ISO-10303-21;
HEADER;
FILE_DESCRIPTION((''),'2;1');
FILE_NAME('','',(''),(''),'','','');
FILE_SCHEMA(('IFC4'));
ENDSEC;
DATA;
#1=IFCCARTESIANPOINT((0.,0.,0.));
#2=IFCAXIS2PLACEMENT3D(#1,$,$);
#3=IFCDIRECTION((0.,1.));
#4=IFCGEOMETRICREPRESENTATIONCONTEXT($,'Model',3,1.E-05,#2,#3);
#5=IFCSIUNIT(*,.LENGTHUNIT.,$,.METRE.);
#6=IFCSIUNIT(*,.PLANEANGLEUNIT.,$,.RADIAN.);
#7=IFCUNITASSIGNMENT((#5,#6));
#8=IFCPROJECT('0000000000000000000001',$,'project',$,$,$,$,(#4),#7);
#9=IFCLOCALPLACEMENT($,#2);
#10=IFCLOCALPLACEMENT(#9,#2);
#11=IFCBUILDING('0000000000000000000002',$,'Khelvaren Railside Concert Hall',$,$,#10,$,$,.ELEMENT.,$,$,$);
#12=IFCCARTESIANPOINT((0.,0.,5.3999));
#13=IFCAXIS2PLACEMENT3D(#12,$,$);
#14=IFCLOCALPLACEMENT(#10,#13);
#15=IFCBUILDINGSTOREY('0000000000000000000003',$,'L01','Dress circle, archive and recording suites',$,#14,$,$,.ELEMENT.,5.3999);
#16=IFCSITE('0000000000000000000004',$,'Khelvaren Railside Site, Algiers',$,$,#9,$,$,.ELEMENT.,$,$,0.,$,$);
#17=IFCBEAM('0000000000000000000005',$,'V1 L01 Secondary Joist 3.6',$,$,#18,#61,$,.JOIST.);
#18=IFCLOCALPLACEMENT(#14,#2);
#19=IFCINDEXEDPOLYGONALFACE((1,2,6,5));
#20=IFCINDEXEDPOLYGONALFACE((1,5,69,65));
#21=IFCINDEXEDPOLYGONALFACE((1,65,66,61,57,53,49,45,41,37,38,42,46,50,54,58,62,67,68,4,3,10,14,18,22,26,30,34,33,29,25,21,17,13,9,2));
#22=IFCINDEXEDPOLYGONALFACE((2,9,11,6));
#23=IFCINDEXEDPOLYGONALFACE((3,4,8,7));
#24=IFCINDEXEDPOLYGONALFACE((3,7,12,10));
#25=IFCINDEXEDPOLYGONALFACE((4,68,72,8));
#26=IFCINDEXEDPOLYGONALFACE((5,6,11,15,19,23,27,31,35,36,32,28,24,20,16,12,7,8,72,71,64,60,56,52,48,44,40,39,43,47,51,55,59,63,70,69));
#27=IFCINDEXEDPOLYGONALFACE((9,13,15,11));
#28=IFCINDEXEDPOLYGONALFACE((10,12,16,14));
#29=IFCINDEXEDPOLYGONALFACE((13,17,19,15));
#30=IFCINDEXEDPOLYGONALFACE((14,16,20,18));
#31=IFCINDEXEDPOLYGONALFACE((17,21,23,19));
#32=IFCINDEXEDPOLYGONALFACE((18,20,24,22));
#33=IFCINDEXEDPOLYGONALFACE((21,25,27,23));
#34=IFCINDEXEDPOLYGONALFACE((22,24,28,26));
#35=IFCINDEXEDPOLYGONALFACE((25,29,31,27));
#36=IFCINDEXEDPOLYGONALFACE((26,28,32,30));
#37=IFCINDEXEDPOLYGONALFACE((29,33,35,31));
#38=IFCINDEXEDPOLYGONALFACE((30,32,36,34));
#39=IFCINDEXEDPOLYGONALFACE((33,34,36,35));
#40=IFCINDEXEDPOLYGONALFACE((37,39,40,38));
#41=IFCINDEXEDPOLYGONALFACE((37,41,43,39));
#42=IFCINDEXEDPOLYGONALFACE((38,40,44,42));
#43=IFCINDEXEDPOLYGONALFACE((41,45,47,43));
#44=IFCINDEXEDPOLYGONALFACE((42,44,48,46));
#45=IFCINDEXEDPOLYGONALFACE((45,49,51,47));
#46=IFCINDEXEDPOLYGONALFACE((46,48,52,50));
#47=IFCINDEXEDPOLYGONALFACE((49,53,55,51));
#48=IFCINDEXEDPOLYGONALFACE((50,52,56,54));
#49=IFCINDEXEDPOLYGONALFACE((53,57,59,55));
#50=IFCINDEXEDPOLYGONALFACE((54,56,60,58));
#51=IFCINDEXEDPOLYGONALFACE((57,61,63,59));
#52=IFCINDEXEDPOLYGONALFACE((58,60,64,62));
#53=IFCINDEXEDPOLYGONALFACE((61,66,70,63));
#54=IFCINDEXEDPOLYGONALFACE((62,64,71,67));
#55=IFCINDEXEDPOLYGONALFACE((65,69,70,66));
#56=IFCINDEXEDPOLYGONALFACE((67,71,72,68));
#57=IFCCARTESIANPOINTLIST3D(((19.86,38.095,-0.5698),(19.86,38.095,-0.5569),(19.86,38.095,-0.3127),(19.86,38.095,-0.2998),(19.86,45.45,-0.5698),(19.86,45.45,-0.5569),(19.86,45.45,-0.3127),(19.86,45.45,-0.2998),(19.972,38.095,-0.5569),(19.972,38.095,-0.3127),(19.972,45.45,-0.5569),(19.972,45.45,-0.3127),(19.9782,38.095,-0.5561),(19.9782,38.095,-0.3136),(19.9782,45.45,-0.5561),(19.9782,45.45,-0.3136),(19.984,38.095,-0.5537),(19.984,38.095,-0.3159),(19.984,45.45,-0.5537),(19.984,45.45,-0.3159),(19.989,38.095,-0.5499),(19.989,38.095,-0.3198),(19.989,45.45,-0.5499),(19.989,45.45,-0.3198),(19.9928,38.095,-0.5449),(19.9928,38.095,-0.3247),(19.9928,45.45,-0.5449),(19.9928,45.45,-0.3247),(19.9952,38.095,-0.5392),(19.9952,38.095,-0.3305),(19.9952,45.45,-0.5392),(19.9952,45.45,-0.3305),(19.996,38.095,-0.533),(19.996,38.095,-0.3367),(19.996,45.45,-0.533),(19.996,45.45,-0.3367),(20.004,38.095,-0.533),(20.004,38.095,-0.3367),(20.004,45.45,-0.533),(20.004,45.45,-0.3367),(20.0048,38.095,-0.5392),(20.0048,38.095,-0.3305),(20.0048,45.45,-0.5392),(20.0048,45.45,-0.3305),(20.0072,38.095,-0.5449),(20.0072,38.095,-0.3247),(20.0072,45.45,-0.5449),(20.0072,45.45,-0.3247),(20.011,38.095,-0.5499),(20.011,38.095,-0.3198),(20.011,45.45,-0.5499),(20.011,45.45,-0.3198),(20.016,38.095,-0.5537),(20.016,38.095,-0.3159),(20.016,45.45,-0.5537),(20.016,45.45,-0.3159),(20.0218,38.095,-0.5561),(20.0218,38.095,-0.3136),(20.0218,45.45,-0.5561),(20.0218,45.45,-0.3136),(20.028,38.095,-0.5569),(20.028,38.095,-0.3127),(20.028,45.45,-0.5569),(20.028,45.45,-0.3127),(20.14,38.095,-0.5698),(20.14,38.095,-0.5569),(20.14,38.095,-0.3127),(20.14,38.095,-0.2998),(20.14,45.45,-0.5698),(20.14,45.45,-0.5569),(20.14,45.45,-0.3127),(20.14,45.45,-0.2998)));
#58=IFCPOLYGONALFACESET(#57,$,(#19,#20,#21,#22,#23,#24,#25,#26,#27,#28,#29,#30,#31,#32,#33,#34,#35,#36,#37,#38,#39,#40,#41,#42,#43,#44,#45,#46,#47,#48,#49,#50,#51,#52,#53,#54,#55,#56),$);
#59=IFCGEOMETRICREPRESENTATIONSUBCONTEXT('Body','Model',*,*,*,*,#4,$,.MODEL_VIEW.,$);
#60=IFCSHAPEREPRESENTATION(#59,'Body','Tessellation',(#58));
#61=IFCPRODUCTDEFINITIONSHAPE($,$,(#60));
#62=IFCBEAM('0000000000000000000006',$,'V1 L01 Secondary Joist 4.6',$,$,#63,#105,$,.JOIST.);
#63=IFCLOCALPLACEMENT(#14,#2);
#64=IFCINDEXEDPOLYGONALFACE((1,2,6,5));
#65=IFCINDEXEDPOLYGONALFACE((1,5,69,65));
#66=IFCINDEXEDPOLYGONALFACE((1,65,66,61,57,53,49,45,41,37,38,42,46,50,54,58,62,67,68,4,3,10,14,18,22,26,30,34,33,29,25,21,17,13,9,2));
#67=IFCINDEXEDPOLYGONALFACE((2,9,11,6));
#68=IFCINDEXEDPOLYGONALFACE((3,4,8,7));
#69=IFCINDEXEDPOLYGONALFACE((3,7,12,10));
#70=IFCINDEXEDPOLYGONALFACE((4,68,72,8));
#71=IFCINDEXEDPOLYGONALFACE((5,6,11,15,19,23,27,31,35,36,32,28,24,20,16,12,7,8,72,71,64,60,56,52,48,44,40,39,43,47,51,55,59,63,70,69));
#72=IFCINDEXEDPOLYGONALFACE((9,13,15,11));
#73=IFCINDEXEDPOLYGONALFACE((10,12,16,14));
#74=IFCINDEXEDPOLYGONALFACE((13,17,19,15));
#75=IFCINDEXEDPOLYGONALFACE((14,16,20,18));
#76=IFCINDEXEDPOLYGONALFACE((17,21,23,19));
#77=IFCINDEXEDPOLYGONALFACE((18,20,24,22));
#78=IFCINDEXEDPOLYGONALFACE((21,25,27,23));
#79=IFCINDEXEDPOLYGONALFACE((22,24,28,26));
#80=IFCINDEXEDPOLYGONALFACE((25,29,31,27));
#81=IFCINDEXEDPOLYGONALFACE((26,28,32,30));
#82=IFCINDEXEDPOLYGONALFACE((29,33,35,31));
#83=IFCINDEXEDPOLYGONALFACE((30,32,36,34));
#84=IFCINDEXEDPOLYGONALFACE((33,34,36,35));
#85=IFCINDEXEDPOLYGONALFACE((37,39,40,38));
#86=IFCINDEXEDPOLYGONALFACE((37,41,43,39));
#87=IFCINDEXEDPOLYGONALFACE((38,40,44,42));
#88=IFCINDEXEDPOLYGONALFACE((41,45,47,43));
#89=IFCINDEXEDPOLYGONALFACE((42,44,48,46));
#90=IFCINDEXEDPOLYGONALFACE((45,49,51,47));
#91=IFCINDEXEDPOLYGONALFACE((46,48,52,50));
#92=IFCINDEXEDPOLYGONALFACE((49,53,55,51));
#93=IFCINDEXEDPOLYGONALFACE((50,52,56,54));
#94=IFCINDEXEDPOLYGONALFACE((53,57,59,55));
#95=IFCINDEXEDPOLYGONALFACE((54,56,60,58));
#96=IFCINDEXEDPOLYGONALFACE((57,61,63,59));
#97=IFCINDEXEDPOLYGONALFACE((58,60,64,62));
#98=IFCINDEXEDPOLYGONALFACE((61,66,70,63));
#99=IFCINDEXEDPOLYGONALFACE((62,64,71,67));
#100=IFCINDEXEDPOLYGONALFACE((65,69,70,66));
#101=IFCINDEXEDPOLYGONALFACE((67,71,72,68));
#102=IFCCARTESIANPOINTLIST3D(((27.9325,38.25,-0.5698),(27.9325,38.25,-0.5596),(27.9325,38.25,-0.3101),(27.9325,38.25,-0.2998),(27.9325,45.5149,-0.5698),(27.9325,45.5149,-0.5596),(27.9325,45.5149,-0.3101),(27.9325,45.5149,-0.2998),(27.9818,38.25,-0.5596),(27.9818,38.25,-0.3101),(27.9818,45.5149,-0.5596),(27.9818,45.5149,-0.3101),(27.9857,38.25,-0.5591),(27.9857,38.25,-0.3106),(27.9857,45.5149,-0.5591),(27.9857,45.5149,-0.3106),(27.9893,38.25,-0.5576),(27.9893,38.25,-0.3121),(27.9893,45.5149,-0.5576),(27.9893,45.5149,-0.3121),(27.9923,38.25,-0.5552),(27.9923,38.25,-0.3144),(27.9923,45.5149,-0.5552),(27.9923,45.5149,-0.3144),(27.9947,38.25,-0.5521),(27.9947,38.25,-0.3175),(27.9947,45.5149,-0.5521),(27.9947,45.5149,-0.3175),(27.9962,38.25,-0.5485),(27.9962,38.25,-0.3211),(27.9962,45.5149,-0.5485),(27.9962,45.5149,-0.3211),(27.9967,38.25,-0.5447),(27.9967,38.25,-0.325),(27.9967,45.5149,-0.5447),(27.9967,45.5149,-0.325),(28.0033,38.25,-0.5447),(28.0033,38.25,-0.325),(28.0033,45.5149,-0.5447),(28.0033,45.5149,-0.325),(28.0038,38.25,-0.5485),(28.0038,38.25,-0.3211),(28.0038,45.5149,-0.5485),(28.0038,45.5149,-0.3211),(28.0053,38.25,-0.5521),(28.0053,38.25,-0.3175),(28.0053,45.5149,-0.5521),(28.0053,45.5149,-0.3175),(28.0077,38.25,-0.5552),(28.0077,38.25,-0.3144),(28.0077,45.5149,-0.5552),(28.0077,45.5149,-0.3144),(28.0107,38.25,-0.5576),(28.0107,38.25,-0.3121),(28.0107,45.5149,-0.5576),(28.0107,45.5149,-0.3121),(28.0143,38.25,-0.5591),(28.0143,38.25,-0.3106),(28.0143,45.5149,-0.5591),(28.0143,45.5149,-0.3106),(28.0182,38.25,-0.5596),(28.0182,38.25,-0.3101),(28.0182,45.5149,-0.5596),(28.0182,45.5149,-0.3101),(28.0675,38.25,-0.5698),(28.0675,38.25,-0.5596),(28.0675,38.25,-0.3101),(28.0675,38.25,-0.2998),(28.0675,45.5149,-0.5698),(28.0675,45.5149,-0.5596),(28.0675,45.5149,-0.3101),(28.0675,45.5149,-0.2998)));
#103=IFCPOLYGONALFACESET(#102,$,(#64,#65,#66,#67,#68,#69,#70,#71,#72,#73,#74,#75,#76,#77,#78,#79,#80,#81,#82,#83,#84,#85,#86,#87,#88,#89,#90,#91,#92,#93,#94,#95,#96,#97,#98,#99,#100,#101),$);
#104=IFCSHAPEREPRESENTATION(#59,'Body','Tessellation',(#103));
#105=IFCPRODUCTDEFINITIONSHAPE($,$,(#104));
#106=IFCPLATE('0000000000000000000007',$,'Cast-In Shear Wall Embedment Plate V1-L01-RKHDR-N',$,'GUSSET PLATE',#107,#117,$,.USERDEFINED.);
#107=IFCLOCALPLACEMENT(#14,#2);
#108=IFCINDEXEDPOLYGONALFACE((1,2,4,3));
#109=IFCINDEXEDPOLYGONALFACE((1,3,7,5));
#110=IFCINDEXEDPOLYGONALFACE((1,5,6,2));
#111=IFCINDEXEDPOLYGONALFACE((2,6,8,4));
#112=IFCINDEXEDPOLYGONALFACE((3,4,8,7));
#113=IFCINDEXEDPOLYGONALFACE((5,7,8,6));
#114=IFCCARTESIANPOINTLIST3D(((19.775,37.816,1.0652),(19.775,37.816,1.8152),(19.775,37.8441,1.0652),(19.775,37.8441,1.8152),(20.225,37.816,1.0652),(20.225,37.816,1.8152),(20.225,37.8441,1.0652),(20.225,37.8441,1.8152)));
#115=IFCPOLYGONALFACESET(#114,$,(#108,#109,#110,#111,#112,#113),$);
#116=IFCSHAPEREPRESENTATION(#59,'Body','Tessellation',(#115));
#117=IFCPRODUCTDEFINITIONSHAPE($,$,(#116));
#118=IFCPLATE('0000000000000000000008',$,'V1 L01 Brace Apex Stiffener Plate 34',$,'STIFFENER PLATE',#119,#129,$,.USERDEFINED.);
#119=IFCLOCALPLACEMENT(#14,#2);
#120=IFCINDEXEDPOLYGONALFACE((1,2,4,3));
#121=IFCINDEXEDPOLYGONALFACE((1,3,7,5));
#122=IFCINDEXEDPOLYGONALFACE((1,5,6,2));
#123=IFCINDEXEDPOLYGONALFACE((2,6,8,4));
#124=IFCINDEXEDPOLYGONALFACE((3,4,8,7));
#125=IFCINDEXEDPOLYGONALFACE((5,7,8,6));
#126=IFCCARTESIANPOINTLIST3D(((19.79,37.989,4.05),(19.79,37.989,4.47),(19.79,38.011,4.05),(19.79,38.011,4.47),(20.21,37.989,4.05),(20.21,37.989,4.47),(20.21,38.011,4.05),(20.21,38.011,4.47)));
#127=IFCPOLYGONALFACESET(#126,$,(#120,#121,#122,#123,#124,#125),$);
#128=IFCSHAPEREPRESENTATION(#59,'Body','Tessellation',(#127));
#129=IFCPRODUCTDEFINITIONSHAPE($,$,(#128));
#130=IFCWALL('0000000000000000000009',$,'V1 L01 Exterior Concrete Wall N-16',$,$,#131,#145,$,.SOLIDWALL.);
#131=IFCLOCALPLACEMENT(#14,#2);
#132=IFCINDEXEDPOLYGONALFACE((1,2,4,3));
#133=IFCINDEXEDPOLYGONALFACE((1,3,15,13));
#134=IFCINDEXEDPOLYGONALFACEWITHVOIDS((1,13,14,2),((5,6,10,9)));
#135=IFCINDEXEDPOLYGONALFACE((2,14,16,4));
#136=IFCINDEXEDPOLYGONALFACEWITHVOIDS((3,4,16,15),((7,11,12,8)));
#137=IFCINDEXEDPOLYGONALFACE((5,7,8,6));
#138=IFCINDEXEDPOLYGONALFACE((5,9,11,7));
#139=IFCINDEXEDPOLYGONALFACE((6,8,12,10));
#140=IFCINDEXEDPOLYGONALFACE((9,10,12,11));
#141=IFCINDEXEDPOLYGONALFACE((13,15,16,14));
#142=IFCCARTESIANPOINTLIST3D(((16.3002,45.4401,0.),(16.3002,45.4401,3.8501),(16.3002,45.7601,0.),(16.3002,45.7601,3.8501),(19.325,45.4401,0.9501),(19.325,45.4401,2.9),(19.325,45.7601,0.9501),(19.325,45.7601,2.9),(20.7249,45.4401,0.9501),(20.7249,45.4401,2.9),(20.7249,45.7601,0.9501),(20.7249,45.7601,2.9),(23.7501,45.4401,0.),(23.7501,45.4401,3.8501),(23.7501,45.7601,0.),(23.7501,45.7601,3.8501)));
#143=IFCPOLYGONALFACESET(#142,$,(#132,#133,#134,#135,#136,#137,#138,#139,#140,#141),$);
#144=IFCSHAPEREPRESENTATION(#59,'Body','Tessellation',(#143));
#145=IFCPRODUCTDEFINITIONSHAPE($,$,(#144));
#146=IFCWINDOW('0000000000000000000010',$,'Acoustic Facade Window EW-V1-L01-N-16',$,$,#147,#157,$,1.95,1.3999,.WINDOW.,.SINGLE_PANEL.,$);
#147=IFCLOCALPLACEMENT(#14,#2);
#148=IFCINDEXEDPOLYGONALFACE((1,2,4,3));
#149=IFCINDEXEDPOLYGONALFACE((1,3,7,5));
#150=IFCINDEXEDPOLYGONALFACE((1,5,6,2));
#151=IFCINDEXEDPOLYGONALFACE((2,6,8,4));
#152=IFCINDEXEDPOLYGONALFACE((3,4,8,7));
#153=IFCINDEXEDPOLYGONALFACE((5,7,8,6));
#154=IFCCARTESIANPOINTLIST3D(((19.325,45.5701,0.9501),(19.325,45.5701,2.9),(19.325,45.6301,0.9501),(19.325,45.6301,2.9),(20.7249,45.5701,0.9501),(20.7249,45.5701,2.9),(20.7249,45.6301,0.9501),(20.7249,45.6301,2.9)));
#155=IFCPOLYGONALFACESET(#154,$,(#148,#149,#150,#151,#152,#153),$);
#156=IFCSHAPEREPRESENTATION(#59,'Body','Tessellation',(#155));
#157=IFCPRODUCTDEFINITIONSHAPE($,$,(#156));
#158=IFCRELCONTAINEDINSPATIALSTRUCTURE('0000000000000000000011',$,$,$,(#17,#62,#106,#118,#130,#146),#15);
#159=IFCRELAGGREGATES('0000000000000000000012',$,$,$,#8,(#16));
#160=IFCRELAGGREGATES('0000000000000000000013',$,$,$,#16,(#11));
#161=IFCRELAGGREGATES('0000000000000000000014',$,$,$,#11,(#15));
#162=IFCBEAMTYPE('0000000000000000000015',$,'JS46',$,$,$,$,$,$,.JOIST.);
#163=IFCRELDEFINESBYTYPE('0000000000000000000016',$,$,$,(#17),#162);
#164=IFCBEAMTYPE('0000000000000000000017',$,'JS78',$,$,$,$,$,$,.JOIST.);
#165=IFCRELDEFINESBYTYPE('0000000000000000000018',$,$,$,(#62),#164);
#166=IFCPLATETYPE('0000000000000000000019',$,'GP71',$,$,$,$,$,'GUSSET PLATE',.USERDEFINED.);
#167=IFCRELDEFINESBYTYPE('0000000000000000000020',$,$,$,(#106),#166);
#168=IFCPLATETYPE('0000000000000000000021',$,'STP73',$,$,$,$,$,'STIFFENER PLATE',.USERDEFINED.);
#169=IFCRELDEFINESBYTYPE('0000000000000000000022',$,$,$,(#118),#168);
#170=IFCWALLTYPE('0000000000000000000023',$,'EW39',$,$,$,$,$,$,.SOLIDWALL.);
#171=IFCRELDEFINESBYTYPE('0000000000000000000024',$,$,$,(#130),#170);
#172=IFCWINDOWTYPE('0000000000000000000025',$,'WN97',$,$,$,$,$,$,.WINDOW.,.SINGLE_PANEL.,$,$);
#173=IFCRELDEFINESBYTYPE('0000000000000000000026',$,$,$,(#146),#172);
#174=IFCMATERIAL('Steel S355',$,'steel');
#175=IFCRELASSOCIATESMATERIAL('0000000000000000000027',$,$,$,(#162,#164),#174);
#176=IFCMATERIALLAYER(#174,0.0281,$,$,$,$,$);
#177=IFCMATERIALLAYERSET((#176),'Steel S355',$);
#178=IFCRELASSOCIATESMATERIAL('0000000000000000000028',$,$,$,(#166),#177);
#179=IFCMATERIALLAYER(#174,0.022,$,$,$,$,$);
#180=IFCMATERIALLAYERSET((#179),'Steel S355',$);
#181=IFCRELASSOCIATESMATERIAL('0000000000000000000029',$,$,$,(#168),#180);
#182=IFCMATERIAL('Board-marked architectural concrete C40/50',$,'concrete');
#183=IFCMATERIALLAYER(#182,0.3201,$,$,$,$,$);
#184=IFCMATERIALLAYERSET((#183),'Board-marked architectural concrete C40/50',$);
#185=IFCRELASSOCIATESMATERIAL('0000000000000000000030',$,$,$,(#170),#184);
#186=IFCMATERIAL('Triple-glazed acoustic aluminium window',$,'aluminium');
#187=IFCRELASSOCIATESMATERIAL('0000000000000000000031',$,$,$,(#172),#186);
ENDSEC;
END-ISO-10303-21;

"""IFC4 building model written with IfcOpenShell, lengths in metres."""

from ifc_helpers import new_model, si_unit, direction, frame, frame_2d, origin, origin_2d, place, context, subcontext, project, spatial, rectangle, i_section, extrude, material, layer, layer_set, material_profile, profile_set, type_object, element, fill, save


model = new_model("IFC4")

# Units and contexts
model_context = context("Model", 3, precision=1e-05, world=origin(), true_north=direction((0.0, 1.0)))
body_context = subcontext(model_context, "Body", "Model", "MODEL_VIEW")
ifc_project = project(units=[si_unit("LENGTHUNIT", "METRE"), si_unit("PLANEANGLEUNIT", "RADIAN")], contexts=[model_context])

# Site, building, storey
site_placement = place(None, origin())
site = spatial("IfcSite", under=ifc_project, at=site_placement, Name="Khelvaren Railside Site, Algiers", CompositionType="ELEMENT", RefElevation=0.0)
building_placement = place(site_placement, origin())
building = spatial("IfcBuilding", under=site, at=building_placement, Name="Khelvaren Railside Concert Hall", CompositionType="ELEMENT")
storey_placement = place(building_placement, frame((0.0, 0.0, 5.3999)))
storey = spatial("IfcBuildingStorey", under=building, at=storey_placement, Name="L01", Description="Dress circle, archive and recording suites", CompositionType="ELEMENT", Elevation=5.3999)

# Shared definitions
ifc_material_1 = material(Name="Steel S355", Category="steel")

# Beams
ifc_material_profile_1 = material_profile(ifc_material_1, i_section(OverallWidth=0.28, OverallDepth=0.27, WebThickness=0.0081, FlangeThickness=0.0129, FilletRadius=0.0239, at=origin_2d()), Name="HEA 280")
ifc_profile_set_1 = profile_set([ifc_material_profile_1], Name="Steel S355")
beam_type_1 = type_object("IfcBeamType", Name="JS46", PredefinedType="JOIST", material=ifc_profile_set_1)
beam_1_placement = place(storey_placement, frame((20.0, 38.095, -0.4348), z_axis=(0.0, 1.0, 0.0), x_axis=(-1.0, 0.0, 0.0)))
element("IfcBeam", 1, at=beam_1_placement, inside=storey, type_object=beam_type_1, Name="V1 L01 Secondary Joist 3.6", PredefinedType="JOIST", context=body_context, shape_type="SweptSolid", body=[
    extrude(i_section(OverallWidth=0.28, OverallDepth=0.27, WebThickness=0.0081, FlangeThickness=0.0129, FilletRadius=0.0239, at=origin_2d()), origin(), (0.0, 0.0, 1.0), 7.355),
])
ifc_material_profile_2 = material_profile(ifc_material_1, i_section(OverallWidth=0.135, OverallDepth=0.27, WebThickness=0.0066, FlangeThickness=0.0103, FilletRadius=0.0149, at=origin_2d()), Name="IPE 270")
ifc_profile_set_2 = profile_set([ifc_material_profile_2], Name="Steel S355")
beam_type_2 = type_object("IfcBeamType", Name="JS78", PredefinedType="JOIST", material=ifc_profile_set_2)
beam_2_placement = place(storey_placement, frame((28.0, 38.25, -0.4348), z_axis=(0.0, 1.0, 0.0), x_axis=(-1.0, 0.0, 0.0)))
element("IfcBeam", 2, at=beam_2_placement, inside=storey, type_object=beam_type_2, Name="V1 L01 Secondary Joist 4.6", PredefinedType="JOIST", context=body_context, shape_type="SweptSolid", body=[
    extrude(i_section(OverallWidth=0.135, OverallDepth=0.27, WebThickness=0.0066, FlangeThickness=0.0103, FilletRadius=0.0149, at=origin_2d()), origin(), (0.0, 0.0, 1.0), 7.2649),
])

# Plates
ifc_layer_1 = layer(ifc_material_1, 0.0281)
ifc_layer_set_1 = layer_set([ifc_layer_1], Name="Steel S355")
plate_type_1 = type_object("IfcPlateType", Name="GP71", ElementType="GUSSET PLATE", PredefinedType="USERDEFINED", material=ifc_layer_set_1)
plate_1_placement = place(storey_placement, frame((20.0, 37.8301, 1.0652), z_axis=(0.0, 0.0, 1.0), x_axis=(1.0, 0.0, 0.0)))
element("IfcPlate", 3, at=plate_1_placement, inside=storey, type_object=plate_type_1, Name="Cast-In Shear Wall Embedment Plate V1-L01-RKHDR-N", ObjectType="GUSSET PLATE", PredefinedType="USERDEFINED", context=body_context, shape_type="SweptSolid", body=[
    extrude(rectangle(XDim=0.45, YDim=0.0281, at=origin_2d()), origin(), (0.0, 0.0, 1.0), 0.75),
])
ifc_layer_2 = layer(ifc_material_1, 0.022)
ifc_layer_set_2 = layer_set([ifc_layer_2], Name="Steel S355")
plate_type_2 = type_object("IfcPlateType", Name="STP73", ElementType="STIFFENER PLATE", PredefinedType="USERDEFINED", material=ifc_layer_set_2)
plate_2_placement = place(storey_placement, frame((20.0, 38.0, 4.05), z_axis=(0.0, 0.0, 1.0), x_axis=(1.0, 0.0, 0.0)))
element("IfcPlate", 4, at=plate_2_placement, inside=storey, type_object=plate_type_2, Name="V1 L01 Brace Apex Stiffener Plate 34", ObjectType="STIFFENER PLATE", PredefinedType="USERDEFINED", context=body_context, shape_type="SweptSolid", body=[
    extrude(rectangle(XDim=0.4199, YDim=0.022, at=origin_2d()), origin(), (0.0, 0.0, 1.0), 0.4199),
])

# Wall, opening, window
ifc_material_2 = material(Name="Board-marked architectural concrete C40/50", Category="concrete")
ifc_layer_3 = layer(ifc_material_2, 0.3201)
ifc_layer_set_3 = layer_set([ifc_layer_3], Name="Board-marked architectural concrete C40/50")
wall_type_1 = type_object("IfcWallType", Name="EW39", PredefinedType="SOLIDWALL", material=ifc_layer_set_3)
wall_1_placement = place(storey_placement, frame((16.3, 45.6001, 0.0), z_axis=(0.0, 0.0, 1.0), x_axis=(1.0, 0.0, 0.0)))
wall_1 = element("IfcWall", 5, at=wall_1_placement, inside=storey, type_object=wall_type_1, Name="V1 L01 Exterior Concrete Wall N-16", PredefinedType="SOLIDWALL", context=body_context, shape_type="SweptSolid", body=[
    extrude(rectangle(XDim=7.45, YDim=0.3201, at=frame_2d((3.7251, 0.0))), origin(), (0.0, 0.0, 1.0), 3.8501),
])
opening_1_placement = place(wall_1_placement, frame((3.0249, 0.0, 0.95)))
opening_1 = element("IfcOpeningElement", 6, at=opening_1_placement, cuts=wall_1, PredefinedType="OPENING", context=body_context, shape_type="SweptSolid", body=[
    extrude(rectangle(XDim=1.3999, YDim=1.95, at=frame_2d((0.7, 0.9751))), frame((0.0, 0.1699, 0.0), z_axis=(0.0, -1.0, 0.0), x_axis=(1.0, 0.0, 0.0)), (0.0, 0.0, 1.0), 0.3401),
])
ifc_material_3 = material(Name="Triple-glazed acoustic aluminium window", Category="aluminium")
window_type = type_object("IfcWindowType", Name="WN97", PartitioningType="SINGLE_PANEL", PredefinedType="WINDOW", material=ifc_material_3)
window_placement = place(opening_1_placement, origin())
window = element("IfcWindow", 7, at=window_placement, inside=storey, type_object=window_type, Name="Acoustic Facade Window EW-V1-L01-N-16", OverallHeight=1.95, OverallWidth=1.3999, PartitioningType="SINGLE_PANEL", PredefinedType="WINDOW", context=body_context, shape_type="SweptSolid", body=[
    extrude(rectangle(XDim=1.3999, YDim=1.95, at=frame_2d((0.7, 0.9751))), frame((0.0, 0.03, 0.0), z_axis=(0.0, -1.0, 0.0), x_axis=(1.0, 0.0, 0.0)), (0.0, 0.0, 1.0), 0.0601),
])
fill(opening_1, window)

save(model, "model.ifc")
